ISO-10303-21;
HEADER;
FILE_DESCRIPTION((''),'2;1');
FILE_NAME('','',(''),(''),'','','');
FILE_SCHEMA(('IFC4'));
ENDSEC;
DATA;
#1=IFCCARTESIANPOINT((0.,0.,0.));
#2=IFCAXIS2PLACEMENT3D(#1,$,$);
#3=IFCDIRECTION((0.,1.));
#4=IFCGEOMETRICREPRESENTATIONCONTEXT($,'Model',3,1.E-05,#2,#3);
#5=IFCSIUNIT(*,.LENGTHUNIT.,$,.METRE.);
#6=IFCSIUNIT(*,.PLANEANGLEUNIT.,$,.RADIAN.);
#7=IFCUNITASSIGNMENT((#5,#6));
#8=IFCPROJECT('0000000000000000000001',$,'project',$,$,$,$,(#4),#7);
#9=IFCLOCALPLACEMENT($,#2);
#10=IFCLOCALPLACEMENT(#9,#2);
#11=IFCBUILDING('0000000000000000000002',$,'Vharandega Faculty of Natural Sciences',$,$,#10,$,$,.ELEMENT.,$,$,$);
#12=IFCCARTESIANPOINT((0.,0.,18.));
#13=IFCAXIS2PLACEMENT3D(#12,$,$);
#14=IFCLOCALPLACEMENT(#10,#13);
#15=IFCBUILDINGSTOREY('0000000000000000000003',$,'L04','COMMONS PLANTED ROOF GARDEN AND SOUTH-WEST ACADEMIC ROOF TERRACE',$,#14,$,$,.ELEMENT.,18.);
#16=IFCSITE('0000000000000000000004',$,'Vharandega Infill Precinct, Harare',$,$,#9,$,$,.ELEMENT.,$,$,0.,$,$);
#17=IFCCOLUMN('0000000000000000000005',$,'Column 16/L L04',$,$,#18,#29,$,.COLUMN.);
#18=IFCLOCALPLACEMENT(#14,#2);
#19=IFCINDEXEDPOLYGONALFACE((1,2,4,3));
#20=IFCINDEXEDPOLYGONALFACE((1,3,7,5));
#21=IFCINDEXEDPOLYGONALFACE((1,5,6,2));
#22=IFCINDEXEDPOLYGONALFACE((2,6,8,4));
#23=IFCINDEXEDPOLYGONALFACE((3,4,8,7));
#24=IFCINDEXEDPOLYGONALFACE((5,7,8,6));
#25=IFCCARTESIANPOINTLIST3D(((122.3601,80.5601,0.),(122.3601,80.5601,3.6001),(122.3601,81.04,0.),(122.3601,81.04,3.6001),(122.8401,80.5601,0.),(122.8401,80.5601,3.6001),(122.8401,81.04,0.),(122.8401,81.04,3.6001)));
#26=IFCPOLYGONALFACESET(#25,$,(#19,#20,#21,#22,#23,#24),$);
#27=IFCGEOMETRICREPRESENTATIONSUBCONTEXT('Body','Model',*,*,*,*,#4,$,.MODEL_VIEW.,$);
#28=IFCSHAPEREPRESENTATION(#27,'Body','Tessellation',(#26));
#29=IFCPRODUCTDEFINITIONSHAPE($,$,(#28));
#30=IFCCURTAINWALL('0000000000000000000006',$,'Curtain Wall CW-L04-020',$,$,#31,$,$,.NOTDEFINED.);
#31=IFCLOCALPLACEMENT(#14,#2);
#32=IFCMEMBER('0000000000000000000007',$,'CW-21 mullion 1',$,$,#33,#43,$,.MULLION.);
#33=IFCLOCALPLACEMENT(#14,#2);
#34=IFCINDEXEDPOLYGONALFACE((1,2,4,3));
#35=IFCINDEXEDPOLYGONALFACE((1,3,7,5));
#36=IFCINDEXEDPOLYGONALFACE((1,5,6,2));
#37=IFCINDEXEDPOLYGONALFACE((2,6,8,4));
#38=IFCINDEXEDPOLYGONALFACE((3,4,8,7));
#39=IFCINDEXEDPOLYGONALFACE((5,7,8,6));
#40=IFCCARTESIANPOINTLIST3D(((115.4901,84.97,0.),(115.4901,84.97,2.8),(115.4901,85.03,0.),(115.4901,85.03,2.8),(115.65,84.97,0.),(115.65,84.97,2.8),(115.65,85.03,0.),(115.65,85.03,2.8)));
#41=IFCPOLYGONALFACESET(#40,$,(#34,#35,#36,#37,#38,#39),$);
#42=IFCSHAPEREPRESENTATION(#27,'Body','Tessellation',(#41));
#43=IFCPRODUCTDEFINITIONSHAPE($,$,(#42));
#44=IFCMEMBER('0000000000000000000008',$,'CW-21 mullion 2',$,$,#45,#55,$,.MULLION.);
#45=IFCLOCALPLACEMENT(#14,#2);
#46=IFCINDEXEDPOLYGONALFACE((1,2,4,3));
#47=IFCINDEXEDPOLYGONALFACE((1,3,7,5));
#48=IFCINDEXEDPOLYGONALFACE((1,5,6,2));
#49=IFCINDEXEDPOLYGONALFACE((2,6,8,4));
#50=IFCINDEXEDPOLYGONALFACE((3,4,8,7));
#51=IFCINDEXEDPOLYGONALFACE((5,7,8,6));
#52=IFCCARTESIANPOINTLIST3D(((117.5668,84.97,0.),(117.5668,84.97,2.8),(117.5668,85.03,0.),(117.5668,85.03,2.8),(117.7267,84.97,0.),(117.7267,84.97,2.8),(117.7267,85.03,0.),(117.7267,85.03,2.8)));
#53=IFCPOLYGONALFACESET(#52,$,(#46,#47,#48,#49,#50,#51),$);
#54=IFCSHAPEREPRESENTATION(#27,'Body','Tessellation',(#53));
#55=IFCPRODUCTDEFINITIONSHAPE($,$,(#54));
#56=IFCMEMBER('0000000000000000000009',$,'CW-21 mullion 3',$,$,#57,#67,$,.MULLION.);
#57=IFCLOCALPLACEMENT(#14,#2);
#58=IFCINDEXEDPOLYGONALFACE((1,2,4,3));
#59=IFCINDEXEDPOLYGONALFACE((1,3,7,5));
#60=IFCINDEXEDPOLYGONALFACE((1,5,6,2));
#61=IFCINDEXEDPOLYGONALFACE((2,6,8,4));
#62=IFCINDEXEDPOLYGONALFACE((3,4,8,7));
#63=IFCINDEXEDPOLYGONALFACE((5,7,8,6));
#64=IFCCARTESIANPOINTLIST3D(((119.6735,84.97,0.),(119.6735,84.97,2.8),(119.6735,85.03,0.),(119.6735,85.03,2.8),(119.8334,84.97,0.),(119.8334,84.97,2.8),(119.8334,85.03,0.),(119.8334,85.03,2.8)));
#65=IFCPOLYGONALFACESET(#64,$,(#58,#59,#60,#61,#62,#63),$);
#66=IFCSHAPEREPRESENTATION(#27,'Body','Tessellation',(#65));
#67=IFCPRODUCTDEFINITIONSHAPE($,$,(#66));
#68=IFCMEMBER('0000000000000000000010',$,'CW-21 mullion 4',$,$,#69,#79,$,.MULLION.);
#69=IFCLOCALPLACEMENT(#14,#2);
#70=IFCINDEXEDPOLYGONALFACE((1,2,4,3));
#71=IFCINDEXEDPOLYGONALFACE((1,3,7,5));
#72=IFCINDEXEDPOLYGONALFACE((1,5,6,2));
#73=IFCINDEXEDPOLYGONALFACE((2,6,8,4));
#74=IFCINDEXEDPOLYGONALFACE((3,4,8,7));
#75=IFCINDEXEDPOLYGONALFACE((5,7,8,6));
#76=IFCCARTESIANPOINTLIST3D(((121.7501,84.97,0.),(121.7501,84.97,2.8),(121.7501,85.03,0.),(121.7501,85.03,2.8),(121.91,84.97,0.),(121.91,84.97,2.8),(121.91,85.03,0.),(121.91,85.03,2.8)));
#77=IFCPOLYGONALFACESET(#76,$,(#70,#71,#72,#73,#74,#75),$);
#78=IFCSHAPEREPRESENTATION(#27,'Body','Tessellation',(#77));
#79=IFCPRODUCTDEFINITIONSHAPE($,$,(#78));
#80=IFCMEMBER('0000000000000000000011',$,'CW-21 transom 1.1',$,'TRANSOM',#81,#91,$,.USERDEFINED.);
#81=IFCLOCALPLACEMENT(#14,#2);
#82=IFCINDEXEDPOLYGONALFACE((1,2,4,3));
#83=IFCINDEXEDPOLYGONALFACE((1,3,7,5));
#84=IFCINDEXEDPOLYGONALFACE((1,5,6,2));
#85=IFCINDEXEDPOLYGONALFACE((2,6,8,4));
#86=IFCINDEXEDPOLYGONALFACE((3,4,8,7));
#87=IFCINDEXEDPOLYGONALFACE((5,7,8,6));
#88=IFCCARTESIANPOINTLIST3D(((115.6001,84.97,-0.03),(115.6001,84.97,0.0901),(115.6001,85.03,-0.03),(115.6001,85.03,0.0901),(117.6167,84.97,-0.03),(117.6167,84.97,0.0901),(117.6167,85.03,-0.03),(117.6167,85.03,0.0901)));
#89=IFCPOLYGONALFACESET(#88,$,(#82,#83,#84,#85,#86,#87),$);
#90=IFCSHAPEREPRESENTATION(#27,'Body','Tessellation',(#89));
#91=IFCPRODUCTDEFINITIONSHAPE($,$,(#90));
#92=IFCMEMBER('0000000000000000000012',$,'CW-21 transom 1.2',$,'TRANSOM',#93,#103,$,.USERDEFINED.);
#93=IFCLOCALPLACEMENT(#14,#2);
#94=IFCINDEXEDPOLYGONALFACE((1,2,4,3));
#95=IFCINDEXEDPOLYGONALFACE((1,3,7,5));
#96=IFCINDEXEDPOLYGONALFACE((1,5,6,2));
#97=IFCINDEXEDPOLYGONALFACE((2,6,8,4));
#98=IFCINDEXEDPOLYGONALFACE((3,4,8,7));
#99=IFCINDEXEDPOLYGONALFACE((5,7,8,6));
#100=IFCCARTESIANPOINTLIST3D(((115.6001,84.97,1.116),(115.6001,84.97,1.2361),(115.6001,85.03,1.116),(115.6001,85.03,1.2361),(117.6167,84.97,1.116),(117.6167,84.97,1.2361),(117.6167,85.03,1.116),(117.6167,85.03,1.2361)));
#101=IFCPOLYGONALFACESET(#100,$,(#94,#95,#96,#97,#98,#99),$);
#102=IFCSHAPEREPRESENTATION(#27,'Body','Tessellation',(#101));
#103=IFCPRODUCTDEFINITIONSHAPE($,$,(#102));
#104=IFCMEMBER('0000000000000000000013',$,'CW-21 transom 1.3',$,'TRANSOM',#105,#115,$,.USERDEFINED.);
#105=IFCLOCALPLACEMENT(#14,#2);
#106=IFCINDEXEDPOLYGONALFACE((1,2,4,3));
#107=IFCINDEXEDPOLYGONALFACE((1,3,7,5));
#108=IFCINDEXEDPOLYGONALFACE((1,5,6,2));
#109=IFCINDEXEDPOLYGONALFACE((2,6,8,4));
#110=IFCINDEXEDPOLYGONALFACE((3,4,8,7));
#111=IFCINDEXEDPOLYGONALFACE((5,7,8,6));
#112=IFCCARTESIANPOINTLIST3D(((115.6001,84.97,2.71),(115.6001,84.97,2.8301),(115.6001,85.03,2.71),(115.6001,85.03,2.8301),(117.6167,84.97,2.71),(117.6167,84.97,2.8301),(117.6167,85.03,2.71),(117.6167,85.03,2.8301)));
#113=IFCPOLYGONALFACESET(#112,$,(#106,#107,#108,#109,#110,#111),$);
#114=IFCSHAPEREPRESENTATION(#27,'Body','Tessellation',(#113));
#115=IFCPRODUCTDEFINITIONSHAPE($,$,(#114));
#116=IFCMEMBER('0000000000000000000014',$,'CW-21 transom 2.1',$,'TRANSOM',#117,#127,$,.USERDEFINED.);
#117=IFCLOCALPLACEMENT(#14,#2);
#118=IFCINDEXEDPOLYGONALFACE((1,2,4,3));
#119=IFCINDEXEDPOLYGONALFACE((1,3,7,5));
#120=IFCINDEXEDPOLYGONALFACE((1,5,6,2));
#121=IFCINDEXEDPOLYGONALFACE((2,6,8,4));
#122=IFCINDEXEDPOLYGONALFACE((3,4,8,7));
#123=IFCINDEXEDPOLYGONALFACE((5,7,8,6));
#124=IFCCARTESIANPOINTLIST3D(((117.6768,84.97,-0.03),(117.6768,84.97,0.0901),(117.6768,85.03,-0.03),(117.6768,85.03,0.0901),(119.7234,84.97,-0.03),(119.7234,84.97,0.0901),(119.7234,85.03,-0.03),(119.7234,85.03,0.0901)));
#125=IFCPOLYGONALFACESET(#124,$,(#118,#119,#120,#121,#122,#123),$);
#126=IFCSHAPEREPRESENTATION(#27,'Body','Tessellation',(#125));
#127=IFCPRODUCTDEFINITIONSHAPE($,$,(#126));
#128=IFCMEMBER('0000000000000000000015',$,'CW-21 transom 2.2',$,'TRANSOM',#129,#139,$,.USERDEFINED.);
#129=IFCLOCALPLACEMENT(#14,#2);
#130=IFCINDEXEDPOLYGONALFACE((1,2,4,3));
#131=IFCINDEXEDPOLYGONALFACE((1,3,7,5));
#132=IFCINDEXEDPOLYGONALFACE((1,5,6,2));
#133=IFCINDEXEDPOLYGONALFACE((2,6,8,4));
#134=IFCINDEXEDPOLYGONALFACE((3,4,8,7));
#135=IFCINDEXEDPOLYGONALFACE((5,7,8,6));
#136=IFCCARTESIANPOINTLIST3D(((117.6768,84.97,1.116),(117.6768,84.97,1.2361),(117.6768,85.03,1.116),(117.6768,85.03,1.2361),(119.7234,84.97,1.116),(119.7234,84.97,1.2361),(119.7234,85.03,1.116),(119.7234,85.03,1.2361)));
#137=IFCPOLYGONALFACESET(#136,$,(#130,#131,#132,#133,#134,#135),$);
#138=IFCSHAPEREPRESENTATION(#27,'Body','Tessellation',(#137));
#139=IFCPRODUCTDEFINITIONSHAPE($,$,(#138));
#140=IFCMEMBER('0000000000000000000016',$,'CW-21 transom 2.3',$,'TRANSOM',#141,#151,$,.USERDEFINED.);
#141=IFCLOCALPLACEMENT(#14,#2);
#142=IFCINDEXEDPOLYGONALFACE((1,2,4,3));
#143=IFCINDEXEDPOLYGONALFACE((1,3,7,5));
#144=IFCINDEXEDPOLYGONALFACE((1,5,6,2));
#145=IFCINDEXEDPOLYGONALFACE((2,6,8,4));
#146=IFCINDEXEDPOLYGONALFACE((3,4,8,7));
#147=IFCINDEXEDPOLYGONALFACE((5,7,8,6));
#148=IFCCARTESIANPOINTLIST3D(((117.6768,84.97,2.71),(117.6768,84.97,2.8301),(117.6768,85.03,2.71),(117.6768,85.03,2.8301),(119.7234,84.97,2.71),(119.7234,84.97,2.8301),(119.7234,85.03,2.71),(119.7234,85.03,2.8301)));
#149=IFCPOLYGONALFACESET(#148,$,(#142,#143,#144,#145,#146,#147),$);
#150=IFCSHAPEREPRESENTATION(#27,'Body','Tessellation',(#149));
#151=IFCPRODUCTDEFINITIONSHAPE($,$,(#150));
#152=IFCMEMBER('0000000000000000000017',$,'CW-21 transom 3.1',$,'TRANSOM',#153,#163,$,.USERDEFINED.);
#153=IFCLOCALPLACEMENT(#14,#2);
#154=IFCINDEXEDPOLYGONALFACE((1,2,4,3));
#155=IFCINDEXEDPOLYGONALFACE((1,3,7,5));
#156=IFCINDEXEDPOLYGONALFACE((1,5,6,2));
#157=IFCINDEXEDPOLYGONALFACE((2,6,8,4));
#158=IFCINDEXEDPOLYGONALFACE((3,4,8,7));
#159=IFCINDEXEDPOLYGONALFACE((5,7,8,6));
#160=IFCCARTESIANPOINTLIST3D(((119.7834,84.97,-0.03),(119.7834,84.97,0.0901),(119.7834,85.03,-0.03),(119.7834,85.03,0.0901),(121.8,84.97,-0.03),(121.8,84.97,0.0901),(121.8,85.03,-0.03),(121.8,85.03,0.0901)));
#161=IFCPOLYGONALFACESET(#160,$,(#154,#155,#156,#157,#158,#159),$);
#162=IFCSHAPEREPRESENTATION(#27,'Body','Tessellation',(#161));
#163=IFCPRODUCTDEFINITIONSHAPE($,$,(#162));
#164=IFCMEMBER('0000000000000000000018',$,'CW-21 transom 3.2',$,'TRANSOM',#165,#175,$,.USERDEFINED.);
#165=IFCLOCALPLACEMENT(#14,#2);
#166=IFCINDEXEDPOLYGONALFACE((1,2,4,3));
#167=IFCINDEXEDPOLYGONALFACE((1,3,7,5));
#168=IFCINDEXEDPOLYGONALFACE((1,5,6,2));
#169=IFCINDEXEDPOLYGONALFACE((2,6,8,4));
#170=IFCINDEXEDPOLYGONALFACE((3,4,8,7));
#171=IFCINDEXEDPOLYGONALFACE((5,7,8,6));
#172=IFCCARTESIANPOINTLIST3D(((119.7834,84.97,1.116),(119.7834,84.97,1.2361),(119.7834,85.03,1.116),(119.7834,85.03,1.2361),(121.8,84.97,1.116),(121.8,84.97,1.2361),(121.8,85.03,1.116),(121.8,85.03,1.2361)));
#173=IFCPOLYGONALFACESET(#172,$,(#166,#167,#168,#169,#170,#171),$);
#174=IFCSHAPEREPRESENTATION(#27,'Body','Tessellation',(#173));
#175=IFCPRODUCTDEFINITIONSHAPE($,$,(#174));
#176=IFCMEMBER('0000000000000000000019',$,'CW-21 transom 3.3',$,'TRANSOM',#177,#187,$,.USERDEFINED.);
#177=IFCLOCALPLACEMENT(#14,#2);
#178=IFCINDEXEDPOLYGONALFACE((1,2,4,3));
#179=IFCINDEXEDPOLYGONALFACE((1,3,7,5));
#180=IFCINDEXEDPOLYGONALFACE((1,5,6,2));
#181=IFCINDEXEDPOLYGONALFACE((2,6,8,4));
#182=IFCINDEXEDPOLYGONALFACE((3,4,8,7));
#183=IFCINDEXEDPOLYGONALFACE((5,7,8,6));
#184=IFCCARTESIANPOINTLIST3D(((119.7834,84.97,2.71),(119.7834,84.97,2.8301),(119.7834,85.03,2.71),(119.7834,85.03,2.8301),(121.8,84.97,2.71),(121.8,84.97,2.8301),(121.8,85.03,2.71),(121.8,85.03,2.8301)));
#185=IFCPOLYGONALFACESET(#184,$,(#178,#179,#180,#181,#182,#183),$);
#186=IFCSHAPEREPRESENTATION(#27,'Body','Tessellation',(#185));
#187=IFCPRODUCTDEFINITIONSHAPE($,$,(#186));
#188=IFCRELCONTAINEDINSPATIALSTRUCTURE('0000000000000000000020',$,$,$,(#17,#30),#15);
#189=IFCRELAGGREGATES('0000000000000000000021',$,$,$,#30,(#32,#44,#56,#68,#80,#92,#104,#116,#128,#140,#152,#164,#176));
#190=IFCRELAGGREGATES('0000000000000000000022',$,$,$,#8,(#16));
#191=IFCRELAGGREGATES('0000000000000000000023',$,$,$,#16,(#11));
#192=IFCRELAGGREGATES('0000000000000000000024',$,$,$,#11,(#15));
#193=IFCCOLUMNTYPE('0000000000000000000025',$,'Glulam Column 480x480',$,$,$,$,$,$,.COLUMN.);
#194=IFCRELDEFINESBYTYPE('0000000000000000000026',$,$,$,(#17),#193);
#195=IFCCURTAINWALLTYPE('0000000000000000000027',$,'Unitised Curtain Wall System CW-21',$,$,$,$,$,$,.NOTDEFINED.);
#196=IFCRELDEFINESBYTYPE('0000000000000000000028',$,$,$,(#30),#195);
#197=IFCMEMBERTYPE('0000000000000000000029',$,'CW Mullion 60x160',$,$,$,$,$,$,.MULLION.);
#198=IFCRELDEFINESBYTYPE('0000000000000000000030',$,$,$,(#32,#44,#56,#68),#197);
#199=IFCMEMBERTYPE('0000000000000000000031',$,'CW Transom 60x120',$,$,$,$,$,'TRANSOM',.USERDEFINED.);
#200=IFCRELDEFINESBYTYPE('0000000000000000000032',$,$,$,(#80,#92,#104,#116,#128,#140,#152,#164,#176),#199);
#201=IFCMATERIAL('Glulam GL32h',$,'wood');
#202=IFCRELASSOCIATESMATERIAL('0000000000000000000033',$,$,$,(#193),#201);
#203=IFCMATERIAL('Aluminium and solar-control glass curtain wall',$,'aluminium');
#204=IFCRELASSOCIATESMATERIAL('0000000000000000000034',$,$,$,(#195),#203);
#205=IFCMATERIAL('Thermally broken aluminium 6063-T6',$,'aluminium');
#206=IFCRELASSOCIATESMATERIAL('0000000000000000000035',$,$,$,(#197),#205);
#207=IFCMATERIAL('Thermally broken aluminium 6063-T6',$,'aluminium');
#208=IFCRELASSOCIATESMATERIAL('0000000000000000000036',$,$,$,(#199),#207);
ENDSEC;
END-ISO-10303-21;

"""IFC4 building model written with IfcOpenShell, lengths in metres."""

from ifc_helpers import new_model, si_unit, direction, frame, origin, origin_2d, place, context, subcontext, project, spatial, rectangle, extrude, material, material_profile, profile_set, type_object, element, aggregate, save


model = new_model("IFC4")

# Units and contexts
model_context = context("Model", 3, precision=1e-05, world=origin(), true_north=direction((0.0, 1.0)))
body_context = subcontext(model_context, "Body", "Model", "MODEL_VIEW")
ifc_project = project(units=[si_unit("LENGTHUNIT", "METRE"), si_unit("PLANEANGLEUNIT", "RADIAN")], contexts=[model_context])

# Site, building, storey
site_placement = place(None, origin())
site = spatial("IfcSite", under=ifc_project, at=site_placement, Name="Vharandega Infill Precinct, Harare", CompositionType="ELEMENT", RefElevation=0.0)
building_placement = place(site_placement, origin())
building = spatial("IfcBuilding", under=site, at=building_placement, Name="Vharandega Faculty of Natural Sciences", CompositionType="ELEMENT")
storey_placement = place(building_placement, frame((0.0, 0.0, 18.0)))
storey = spatial("IfcBuildingStorey", under=building, at=storey_placement, Name="L04", Description="COMMONS PLANTED ROOF GARDEN AND SOUTH-WEST ACADEMIC ROOF TERRACE", CompositionType="ELEMENT", Elevation=18.0)

# Column
ifc_material_1 = material(Name="Glulam GL32h", Category="wood")
ifc_material_profile_1 = material_profile(ifc_material_1, rectangle(XDim=0.48, YDim=0.48, at=origin_2d()), Name="GL32h 480x480")
ifc_profile_set_1 = profile_set([ifc_material_profile_1], Name="Glulam GL32h")
column_type = type_object("IfcColumnType", Name="Glulam Column 480x480", PredefinedType="COLUMN", material=ifc_profile_set_1)
column_placement = place(storey_placement, frame((122.6001, 80.8, 0.0), z_axis=(0.0, 0.0, 1.0), x_axis=(1.0, 0.0, 0.0)))
element("IfcColumn", 1, at=column_placement, inside=storey, type_object=column_type, Name="Column 16/L L04", PredefinedType="COLUMN", context=body_context, shape_type="SweptSolid", body=[
    extrude(rectangle(XDim=0.48, YDim=0.48, at=origin_2d()), origin(), (0.0, 0.0, 1.0), 3.6001),
])

# Curtain wall, members
ifc_material_2 = material(Name="Aluminium and solar-control glass curtain wall", Category="aluminium")
curtain_wall_type = type_object("IfcCurtainWallType", Name="Unitised Curtain Wall System CW-21", PredefinedType="NOTDEFINED", material=ifc_material_2)
curtain_wall_placement = place(storey_placement, origin())
curtain_wall = element("IfcCurtainWall", 2, at=curtain_wall_placement, inside=storey, type_object=curtain_wall_type, Name="Curtain Wall CW-L04-020", PredefinedType="NOTDEFINED")
ifc_material_3 = material(Name="Thermally broken aluminium 6063-T6", Category="aluminium")
ifc_material_profile_2 = material_profile(ifc_material_3, rectangle(XDim=0.0601, YDim=0.1599, at=origin_2d()), Name="ALU 60x160")
ifc_profile_set_2 = profile_set([ifc_material_profile_2], Name="Thermally broken aluminium 6063-T6")
member_type_1 = type_object("IfcMemberType", Name="CW Mullion 60x160", PredefinedType="MULLION", material=ifc_profile_set_2)
member_1_placement = place(storey_placement, frame((115.5701, 85.0, 0.0), z_axis=(0.0, 0.0, 1.0), x_axis=(0.0, 1.0, 0.0)))
member_1 = element("IfcMember", 3, at=member_1_placement, type_object=member_type_1, Name="CW-21 mullion 1", PredefinedType="MULLION", context=body_context, shape_type="SweptSolid", body=[
    extrude(rectangle(XDim=0.0601, YDim=0.1599, at=origin_2d()), origin(), (0.0, 0.0, 1.0), 2.8),
])
member_2_placement = place(storey_placement, frame((117.6467, 85.0, 0.0), z_axis=(0.0, 0.0, 1.0), x_axis=(0.0, 1.0, 0.0)))
member_2 = element("IfcMember", 4, at=member_2_placement, type_object=member_type_1, Name="CW-21 mullion 2", PredefinedType="MULLION", context=body_context, shape_type="SweptSolid", body=[
    extrude(rectangle(XDim=0.0601, YDim=0.1599, at=origin_2d()), origin(), (0.0, 0.0, 1.0), 2.8),
])
member_3_placement = place(storey_placement, frame((119.7534, 85.0, 0.0), z_axis=(0.0, 0.0, 1.0), x_axis=(0.0, 1.0, 0.0)))
member_3 = element("IfcMember", 5, at=member_3_placement, type_object=member_type_1, Name="CW-21 mullion 3", PredefinedType="MULLION", context=body_context, shape_type="SweptSolid", body=[
    extrude(rectangle(XDim=0.0601, YDim=0.1599, at=origin_2d()), origin(), (0.0, 0.0, 1.0), 2.8),
])
member_4_placement = place(storey_placement, frame((121.8301, 85.0, 0.0), z_axis=(0.0, 0.0, 1.0), x_axis=(0.0, 1.0, 0.0)))
member_4 = element("IfcMember", 6, at=member_4_placement, type_object=member_type_1, Name="CW-21 mullion 4", PredefinedType="MULLION", context=body_context, shape_type="SweptSolid", body=[
    extrude(rectangle(XDim=0.0601, YDim=0.1599, at=origin_2d()), origin(), (0.0, 0.0, 1.0), 2.8),
])
ifc_material_4 = material(Name="Thermally broken aluminium 6063-T6", Category="aluminium")
ifc_material_profile_3 = material_profile(ifc_material_4, rectangle(XDim=0.0601, YDim=0.1201, at=origin_2d()), Name="ALU 60x120")
ifc_profile_set_3 = profile_set([ifc_material_profile_3], Name="Thermally broken aluminium 6063-T6")
member_type_2 = type_object("IfcMemberType", Name="CW Transom 60x120", ElementType="TRANSOM", PredefinedType="USERDEFINED", material=ifc_profile_set_3)
member_5_placement = place(storey_placement, frame((115.6001, 85.0, 0.03), z_axis=(1.0, 0.0, 0.0), x_axis=(0.0, 1.0, 0.0)))
member_5 = element("IfcMember", 7, at=member_5_placement, type_object=member_type_2, Name="CW-21 transom 1.1", ObjectType="TRANSOM", PredefinedType="USERDEFINED", context=body_context, shape_type="SweptSolid", body=[
    extrude(rectangle(XDim=0.0601, YDim=0.1201, at=origin_2d()), origin(), (0.0, 0.0, 1.0), 2.0166),
])
member_6_placement = place(storey_placement, frame((115.6001, 85.0, 1.176), z_axis=(1.0, 0.0, 0.0), x_axis=(0.0, 1.0, 0.0)))
member_6 = element("IfcMember", 8, at=member_6_placement, type_object=member_type_2, Name="CW-21 transom 1.2", ObjectType="TRANSOM", PredefinedType="USERDEFINED", context=body_context, shape_type="SweptSolid", body=[
    extrude(rectangle(XDim=0.0601, YDim=0.1201, at=origin_2d()), origin(), (0.0, 0.0, 1.0), 2.0166),
])
member_7_placement = place(storey_placement, frame((115.6001, 85.0, 2.77), z_axis=(1.0, 0.0, 0.0), x_axis=(0.0, 1.0, 0.0)))
member_7 = element("IfcMember", 9, at=member_7_placement, type_object=member_type_2, Name="CW-21 transom 1.3", ObjectType="TRANSOM", PredefinedType="USERDEFINED", context=body_context, shape_type="SweptSolid", body=[
    extrude(rectangle(XDim=0.0601, YDim=0.1201, at=origin_2d()), origin(), (0.0, 0.0, 1.0), 2.0166),
])
member_8_placement = place(storey_placement, frame((117.6768, 85.0, 0.03), z_axis=(1.0, 0.0, 0.0), x_axis=(0.0, 1.0, 0.0)))
member_8 = element("IfcMember", 10, at=member_8_placement, type_object=member_type_2, Name="CW-21 transom 2.1", ObjectType="TRANSOM", PredefinedType="USERDEFINED", context=body_context, shape_type="SweptSolid", body=[
    extrude(rectangle(XDim=0.0601, YDim=0.1201, at=origin_2d()), origin(), (0.0, 0.0, 1.0), 2.0466),
])
member_9_placement = place(storey_placement, frame((117.6768, 85.0, 1.176), z_axis=(1.0, 0.0, 0.0), x_axis=(0.0, 1.0, 0.0)))
member_9 = element("IfcMember", 11, at=member_9_placement, type_object=member_type_2, Name="CW-21 transom 2.2", ObjectType="TRANSOM", PredefinedType="USERDEFINED", context=body_context, shape_type="SweptSolid", body=[
    extrude(rectangle(XDim=0.0601, YDim=0.1201, at=origin_2d()), origin(), (0.0, 0.0, 1.0), 2.0466),
])
member_10_placement = place(storey_placement, frame((117.6768, 85.0, 2.77), z_axis=(1.0, 0.0, 0.0), x_axis=(0.0, 1.0, 0.0)))
member_10 = element("IfcMember", 12, at=member_10_placement, type_object=member_type_2, Name="CW-21 transom 2.3", ObjectType="TRANSOM", PredefinedType="USERDEFINED", context=body_context, shape_type="SweptSolid", body=[
    extrude(rectangle(XDim=0.0601, YDim=0.1201, at=origin_2d()), origin(), (0.0, 0.0, 1.0), 2.0466),
])
member_11_placement = place(storey_placement, frame((119.7834, 85.0, 0.03), z_axis=(1.0, 0.0, 0.0), x_axis=(0.0, 1.0, 0.0)))
member_11 = element("IfcMember", 13, at=member_11_placement, type_object=member_type_2, Name="CW-21 transom 3.1", ObjectType="TRANSOM", PredefinedType="USERDEFINED", context=body_context, shape_type="SweptSolid", body=[
    extrude(rectangle(XDim=0.0601, YDim=0.1201, at=origin_2d()), origin(), (0.0, 0.0, 1.0), 2.0166),
])
member_12_placement = place(storey_placement, frame((119.7834, 85.0, 1.176), z_axis=(1.0, 0.0, 0.0), x_axis=(0.0, 1.0, 0.0)))
member_12 = element("IfcMember", 14, at=member_12_placement, type_object=member_type_2, Name="CW-21 transom 3.2", ObjectType="TRANSOM", PredefinedType="USERDEFINED", context=body_context, shape_type="SweptSolid", body=[
    extrude(rectangle(XDim=0.0601, YDim=0.1201, at=origin_2d()), origin(), (0.0, 0.0, 1.0), 2.0166),
])
member_13_placement = place(storey_placement, frame((119.7834, 85.0, 2.77), z_axis=(1.0, 0.0, 0.0), x_axis=(0.0, 1.0, 0.0)))
member_13 = element("IfcMember", 15, at=member_13_placement, type_object=member_type_2, Name="CW-21 transom 3.3", ObjectType="TRANSOM", PredefinedType="USERDEFINED", context=body_context, shape_type="SweptSolid", body=[
    extrude(rectangle(XDim=0.0601, YDim=0.1201, at=origin_2d()), origin(), (0.0, 0.0, 1.0), 2.0166),
])
aggregate(curtain_wall, [member_1, member_2, member_3, member_4, member_5, member_6, member_7, member_8, member_9, member_10, member_11, member_12, member_13])

save(model, "model.ifc")
